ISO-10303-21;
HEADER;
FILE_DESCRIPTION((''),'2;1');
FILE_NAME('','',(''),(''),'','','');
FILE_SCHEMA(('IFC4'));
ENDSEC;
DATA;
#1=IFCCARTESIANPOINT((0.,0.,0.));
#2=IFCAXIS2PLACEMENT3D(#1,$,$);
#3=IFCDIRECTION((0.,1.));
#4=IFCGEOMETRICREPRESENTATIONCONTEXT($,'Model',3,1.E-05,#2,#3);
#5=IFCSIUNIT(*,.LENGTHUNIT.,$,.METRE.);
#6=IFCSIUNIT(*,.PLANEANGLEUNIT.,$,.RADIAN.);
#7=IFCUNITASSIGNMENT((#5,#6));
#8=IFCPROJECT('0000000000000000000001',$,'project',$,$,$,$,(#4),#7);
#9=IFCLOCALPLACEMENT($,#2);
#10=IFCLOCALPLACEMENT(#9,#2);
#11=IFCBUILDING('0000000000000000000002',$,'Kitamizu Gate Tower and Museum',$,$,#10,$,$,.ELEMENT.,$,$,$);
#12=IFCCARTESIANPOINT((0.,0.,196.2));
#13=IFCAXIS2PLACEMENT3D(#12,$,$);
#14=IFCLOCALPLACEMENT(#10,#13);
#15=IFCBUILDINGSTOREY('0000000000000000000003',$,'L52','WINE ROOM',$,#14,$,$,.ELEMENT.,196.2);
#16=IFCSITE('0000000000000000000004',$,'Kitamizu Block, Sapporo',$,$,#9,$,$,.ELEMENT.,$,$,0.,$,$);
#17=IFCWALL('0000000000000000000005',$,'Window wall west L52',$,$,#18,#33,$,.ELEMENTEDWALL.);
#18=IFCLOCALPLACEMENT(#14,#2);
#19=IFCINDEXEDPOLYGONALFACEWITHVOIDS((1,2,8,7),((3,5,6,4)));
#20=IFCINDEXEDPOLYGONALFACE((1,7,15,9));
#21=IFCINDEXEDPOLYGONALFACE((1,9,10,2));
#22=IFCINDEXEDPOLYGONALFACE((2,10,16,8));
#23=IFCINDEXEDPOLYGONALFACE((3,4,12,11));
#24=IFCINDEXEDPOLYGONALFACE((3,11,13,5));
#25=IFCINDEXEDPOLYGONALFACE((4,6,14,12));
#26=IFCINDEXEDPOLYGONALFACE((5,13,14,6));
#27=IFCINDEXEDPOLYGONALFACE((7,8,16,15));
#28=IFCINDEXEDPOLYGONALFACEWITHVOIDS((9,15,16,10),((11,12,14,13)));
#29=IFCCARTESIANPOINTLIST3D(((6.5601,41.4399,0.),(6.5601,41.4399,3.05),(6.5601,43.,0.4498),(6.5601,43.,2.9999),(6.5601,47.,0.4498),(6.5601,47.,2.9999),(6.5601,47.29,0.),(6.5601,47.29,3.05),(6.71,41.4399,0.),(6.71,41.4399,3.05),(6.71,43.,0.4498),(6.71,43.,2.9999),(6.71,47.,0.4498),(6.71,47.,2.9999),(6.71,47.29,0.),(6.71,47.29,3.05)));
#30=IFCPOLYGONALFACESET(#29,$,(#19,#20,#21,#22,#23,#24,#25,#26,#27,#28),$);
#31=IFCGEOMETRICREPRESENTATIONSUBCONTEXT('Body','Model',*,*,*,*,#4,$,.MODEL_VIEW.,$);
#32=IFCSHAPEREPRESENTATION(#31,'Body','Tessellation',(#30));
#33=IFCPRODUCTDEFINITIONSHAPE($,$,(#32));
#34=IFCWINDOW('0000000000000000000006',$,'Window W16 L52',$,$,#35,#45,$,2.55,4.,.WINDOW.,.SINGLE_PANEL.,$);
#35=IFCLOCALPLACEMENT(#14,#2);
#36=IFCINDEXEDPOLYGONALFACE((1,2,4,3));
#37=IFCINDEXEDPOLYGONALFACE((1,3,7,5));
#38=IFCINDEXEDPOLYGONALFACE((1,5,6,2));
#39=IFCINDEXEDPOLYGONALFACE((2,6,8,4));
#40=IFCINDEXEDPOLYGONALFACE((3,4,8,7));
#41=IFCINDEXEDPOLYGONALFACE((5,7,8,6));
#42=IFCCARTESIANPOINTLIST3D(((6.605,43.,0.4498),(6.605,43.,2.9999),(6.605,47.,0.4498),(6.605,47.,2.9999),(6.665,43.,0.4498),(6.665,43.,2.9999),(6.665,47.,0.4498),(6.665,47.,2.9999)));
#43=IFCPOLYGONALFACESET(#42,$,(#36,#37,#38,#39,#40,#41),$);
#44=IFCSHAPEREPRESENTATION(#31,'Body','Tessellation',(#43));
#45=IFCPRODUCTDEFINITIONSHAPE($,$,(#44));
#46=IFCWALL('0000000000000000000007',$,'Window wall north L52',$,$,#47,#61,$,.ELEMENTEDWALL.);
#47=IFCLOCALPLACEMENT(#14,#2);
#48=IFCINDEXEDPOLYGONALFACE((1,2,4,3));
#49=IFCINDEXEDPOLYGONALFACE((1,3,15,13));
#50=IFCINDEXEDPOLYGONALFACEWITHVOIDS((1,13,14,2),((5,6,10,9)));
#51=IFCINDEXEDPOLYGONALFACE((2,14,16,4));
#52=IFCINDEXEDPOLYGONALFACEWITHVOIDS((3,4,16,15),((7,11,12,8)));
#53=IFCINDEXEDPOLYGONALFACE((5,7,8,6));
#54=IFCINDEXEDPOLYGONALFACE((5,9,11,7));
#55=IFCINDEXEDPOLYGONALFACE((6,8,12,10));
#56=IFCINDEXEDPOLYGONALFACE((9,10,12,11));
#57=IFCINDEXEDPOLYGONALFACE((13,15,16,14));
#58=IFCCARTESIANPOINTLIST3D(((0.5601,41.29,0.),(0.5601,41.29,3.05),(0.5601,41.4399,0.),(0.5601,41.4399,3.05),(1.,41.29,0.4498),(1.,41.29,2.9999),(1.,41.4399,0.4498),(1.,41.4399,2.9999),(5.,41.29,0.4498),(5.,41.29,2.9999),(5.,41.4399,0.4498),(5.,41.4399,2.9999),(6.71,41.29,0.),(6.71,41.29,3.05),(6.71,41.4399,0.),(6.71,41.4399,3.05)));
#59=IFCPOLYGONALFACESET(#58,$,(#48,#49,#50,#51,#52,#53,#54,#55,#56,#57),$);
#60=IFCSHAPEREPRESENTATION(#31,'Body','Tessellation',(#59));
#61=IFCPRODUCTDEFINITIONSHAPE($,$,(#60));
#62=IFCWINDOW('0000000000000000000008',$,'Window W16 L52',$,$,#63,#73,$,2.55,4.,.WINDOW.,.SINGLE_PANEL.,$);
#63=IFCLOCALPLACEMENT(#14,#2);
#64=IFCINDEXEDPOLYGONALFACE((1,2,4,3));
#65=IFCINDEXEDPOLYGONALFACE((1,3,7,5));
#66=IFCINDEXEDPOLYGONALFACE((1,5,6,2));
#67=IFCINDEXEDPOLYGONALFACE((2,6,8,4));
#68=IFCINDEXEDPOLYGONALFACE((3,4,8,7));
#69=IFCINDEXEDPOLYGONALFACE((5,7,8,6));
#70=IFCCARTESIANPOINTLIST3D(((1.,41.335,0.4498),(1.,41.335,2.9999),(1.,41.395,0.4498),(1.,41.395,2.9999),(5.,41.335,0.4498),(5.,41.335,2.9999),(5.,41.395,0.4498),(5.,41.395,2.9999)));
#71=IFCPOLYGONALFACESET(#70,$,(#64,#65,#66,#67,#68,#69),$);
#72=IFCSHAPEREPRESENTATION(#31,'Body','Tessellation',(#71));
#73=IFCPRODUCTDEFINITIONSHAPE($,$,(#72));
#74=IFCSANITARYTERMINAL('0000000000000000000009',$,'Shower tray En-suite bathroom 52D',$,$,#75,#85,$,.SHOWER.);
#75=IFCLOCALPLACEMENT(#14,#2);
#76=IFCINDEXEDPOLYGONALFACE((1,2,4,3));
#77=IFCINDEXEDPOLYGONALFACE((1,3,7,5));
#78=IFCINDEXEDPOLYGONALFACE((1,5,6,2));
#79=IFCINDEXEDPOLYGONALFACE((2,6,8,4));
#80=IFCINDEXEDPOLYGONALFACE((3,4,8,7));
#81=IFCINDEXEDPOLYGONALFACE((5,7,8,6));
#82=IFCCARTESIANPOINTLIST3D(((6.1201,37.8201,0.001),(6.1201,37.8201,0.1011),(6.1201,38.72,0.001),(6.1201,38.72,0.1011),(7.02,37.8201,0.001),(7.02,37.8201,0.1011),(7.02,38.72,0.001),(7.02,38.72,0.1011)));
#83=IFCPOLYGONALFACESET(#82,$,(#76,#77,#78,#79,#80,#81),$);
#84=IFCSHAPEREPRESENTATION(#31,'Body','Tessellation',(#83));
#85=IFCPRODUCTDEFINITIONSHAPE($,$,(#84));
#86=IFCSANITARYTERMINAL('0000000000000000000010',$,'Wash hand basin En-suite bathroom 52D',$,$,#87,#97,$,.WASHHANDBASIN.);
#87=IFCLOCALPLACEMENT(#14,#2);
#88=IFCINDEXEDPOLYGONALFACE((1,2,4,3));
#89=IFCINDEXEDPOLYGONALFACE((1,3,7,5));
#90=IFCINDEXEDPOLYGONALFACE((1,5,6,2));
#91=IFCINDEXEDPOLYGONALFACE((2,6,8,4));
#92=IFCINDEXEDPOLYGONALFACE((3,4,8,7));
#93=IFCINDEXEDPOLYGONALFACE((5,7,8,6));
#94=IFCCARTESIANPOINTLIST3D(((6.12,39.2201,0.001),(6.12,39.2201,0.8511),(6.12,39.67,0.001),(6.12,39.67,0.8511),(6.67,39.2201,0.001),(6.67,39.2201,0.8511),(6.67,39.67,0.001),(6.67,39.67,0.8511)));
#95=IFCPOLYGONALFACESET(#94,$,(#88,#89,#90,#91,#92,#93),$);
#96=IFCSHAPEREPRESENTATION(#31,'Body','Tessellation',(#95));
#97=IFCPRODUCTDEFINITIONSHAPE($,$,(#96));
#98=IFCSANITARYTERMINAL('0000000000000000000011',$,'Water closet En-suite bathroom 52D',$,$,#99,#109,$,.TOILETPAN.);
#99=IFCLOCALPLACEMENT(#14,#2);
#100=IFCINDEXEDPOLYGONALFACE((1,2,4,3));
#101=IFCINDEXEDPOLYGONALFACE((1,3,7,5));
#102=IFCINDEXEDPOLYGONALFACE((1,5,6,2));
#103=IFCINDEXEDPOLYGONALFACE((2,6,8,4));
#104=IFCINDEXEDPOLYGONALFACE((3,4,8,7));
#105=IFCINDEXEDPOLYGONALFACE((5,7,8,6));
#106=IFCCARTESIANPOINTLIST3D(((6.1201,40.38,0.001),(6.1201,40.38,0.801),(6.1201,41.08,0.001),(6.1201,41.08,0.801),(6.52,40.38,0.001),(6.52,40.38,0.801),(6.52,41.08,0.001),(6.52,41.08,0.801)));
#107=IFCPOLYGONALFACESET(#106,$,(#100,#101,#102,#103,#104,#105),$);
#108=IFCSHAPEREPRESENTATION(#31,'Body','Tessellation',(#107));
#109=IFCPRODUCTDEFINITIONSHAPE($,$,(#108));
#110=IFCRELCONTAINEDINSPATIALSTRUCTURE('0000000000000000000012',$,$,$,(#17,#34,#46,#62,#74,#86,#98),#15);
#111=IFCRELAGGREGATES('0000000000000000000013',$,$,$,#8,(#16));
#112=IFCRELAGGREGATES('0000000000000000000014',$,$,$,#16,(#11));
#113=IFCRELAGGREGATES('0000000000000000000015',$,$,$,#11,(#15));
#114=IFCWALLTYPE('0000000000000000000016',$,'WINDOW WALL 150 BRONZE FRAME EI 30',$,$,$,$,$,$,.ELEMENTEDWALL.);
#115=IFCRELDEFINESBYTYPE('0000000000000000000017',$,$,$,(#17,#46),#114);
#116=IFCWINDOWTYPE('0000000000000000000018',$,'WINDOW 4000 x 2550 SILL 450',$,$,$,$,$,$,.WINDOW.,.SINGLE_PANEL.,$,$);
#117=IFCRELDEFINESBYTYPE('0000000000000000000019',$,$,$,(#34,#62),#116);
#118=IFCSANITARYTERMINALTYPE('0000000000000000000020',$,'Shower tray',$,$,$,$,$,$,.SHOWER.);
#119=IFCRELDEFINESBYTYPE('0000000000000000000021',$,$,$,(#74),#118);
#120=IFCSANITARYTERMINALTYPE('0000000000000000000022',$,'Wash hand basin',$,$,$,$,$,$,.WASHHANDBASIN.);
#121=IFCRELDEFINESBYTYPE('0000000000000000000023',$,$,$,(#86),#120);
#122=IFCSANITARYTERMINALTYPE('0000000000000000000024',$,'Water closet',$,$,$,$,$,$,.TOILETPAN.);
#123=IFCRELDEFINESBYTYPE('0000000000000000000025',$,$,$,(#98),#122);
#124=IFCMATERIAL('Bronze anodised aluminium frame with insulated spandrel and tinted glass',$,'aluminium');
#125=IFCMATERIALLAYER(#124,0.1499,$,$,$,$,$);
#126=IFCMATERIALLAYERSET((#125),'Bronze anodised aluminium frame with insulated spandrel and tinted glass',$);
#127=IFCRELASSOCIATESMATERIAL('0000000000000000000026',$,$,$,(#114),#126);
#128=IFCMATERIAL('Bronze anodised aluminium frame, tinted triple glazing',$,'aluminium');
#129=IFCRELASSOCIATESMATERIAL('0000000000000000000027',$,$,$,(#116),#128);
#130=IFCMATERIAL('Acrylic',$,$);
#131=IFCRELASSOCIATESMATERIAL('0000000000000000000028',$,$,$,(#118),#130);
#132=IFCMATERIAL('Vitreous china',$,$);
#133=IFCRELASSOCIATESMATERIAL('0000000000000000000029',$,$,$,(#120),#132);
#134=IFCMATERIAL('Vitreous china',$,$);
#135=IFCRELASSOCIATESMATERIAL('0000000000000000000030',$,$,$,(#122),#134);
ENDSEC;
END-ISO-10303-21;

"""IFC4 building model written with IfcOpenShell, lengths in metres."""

from ifc_helpers import new_model, si_unit, direction, frame, frame_2d, origin, origin_2d, place, context, subcontext, project, spatial, rectangle, extrude, material, layer, layer_set, type_object, element, fill, save


model = new_model("IFC4")

# Units and contexts
model_context = context("Model", 3, precision=1e-05, world=origin(), true_north=direction((0.0, 1.0)))
body_context = subcontext(model_context, "Body", "Model", "MODEL_VIEW")
ifc_project = project(units=[si_unit("LENGTHUNIT", "METRE"), si_unit("PLANEANGLEUNIT", "RADIAN")], contexts=[model_context])

# Site, building, storey
site_placement = place(None, origin())
site = spatial("IfcSite", under=ifc_project, at=site_placement, Name="Kitamizu Block, Sapporo", CompositionType="ELEMENT", RefElevation=0.0)
building_placement = place(site_placement, origin())
building = spatial("IfcBuilding", under=site, at=building_placement, Name="Kitamizu Gate Tower and Museum", CompositionType="ELEMENT")
storey_placement = place(building_placement, frame((0.0, 0.0, 196.2)))
storey = spatial("IfcBuildingStorey", under=building, at=storey_placement, Name="L52", Description="WINE ROOM", CompositionType="ELEMENT", Elevation=196.2)

# Shared definitions
ifc_material_1 = material(Name="Bronze anodised aluminium frame with insulated spandrel and tinted glass", Category="aluminium")
ifc_layer = layer(ifc_material_1, 0.1499)
ifc_layer_set = layer_set([ifc_layer], Name="Bronze anodised aluminium frame with insulated spandrel and tinted glass")
wall_type = type_object("IfcWallType", Name="WINDOW WALL 150 BRONZE FRAME EI 30", PredefinedType="ELEMENTEDWALL", material=ifc_layer_set)

# Walls, openings, windows
wall_1_placement = place(storey_placement, frame((6.635, 41.4399, 0.0), z_axis=(0.0, 0.0, 1.0), x_axis=(0.0, 1.0, 0.0)))
wall_1 = element("IfcWall", 1, at=wall_1_placement, inside=storey, type_object=wall_type, Name="Window wall west L52", PredefinedType="ELEMENTEDWALL", context=body_context, shape_type="SweptSolid", body=[
    extrude(rectangle(XDim=5.8501, YDim=0.1499, at=frame_2d((2.925, 0.0))), origin(), (0.0, 0.0, 1.0), 3.05),
])
opening_1_placement = place(wall_1_placement, frame((1.5601, 0.0, 0.45)))
opening_1 = element("IfcOpeningElement", 2, at=opening_1_placement, cuts=wall_1, PredefinedType="OPENING", context=body_context, shape_type="SweptSolid", body=[
    extrude(rectangle(XDim=4.0, YDim=2.55, at=frame_2d((2.0, 1.2749))), frame((0.0, 0.085, 0.0), z_axis=(0.0, -1.0, 0.0), x_axis=(1.0, 0.0, 0.0)), (0.0, 0.0, 1.0), 0.1699),
])
ifc_material_2 = material(Name="Bronze anodised aluminium frame, tinted triple glazing", Category="aluminium")
window_type_1 = type_object("IfcWindowType", Name="WINDOW 4000 x 2550 SILL 450", PartitioningType="SINGLE_PANEL", PredefinedType="WINDOW", material=ifc_material_2)
window_1_placement = place(opening_1_placement, origin())
window_1 = element("IfcWindow", 3, at=window_1_placement, inside=storey, type_object=window_type_1, Name="Window W16 L52", OverallHeight=2.55, OverallWidth=4.0, PartitioningType="SINGLE_PANEL", PredefinedType="WINDOW", context=body_context, shape_type="SweptSolid", body=[
    extrude(rectangle(XDim=4.0, YDim=2.55, at=frame_2d((2.0, 1.2749))), frame((0.0, 0.03, 0.0), z_axis=(0.0, -1.0, 0.0), x_axis=(1.0, 0.0, 0.0)), (0.0, 0.0, 1.0), 0.0601),
])
fill(opening_1, window_1)
wall_2_placement = place(storey_placement, frame((0.5601, 41.365, 0.0), z_axis=(0.0, 0.0, 1.0), x_axis=(1.0, 0.0, 0.0)))
wall_2 = element("IfcWall", 4, at=wall_2_placement, inside=storey, type_object=wall_type, Name="Window wall north L52", PredefinedType="ELEMENTEDWALL", context=body_context, shape_type="SweptSolid", body=[
    extrude(rectangle(XDim=6.1499, YDim=0.1499, at=frame_2d((3.075, 0.0))), origin(), (0.0, 0.0, 1.0), 3.05),
])
opening_2_placement = place(wall_2_placement, frame((0.4399, 0.0, 0.45)))
opening_2 = element("IfcOpeningElement", 5, at=opening_2_placement, cuts=wall_2, PredefinedType="OPENING", context=body_context, shape_type="SweptSolid", body=[
    extrude(rectangle(XDim=4.0, YDim=2.55, at=frame_2d((2.0, 1.2749))), frame((0.0, 0.085, 0.0), z_axis=(0.0, -1.0, 0.0), x_axis=(1.0, 0.0, 0.0)), (0.0, 0.0, 1.0), 0.1699),
])
window_2_placement = place(opening_2_placement, origin())
window_2 = element("IfcWindow", 6, at=window_2_placement, inside=storey, type_object=window_type_1, Name="Window W16 L52", OverallHeight=2.55, OverallWidth=4.0, PartitioningType="SINGLE_PANEL", PredefinedType="WINDOW", context=body_context, shape_type="SweptSolid", body=[
    extrude(rectangle(XDim=4.0, YDim=2.55, at=frame_2d((2.0, 1.2749))), frame((0.0, 0.03, 0.0), z_axis=(0.0, -1.0, 0.0), x_axis=(1.0, 0.0, 0.0)), (0.0, 0.0, 1.0), 0.0601),
])
fill(opening_2, window_2)

# Sanitary terminals
ifc_material_3 = material(Name="Acrylic")
sanitary_terminal_type_1 = type_object("IfcSanitaryTerminalType", Name="Shower tray", PredefinedType="SHOWER", material=ifc_material_3)
sanitary_terminal_1_placement = place(storey_placement, frame((6.5701, 38.27, 0.001), z_axis=(0.0, 0.0, 1.0), x_axis=(1.0, 0.0, 0.0)))
element("IfcSanitaryTerminal", 7, at=sanitary_terminal_1_placement, inside=storey, type_object=sanitary_terminal_type_1, Name="Shower tray En-suite bathroom 52D", PredefinedType="SHOWER", context=body_context, shape_type="SweptSolid", body=[
    extrude(rectangle(XDim=0.8999, YDim=0.8999, at=origin_2d()), origin(), (0.0, 0.0, 1.0), 0.1001),
])
ifc_material_4 = material(Name="Vitreous china")
sanitary_terminal_type_2 = type_object("IfcSanitaryTerminalType", Name="Wash hand basin", PredefinedType="WASHHANDBASIN", material=ifc_material_4)
sanitary_terminal_2_placement = place(storey_placement, frame((6.395, 39.4451, 0.001), z_axis=(0.0, 0.0, 1.0), x_axis=(1.0, 0.0, 0.0)))
element("IfcSanitaryTerminal", 8, at=sanitary_terminal_2_placement, inside=storey, type_object=sanitary_terminal_type_2, Name="Wash hand basin En-suite bathroom 52D", PredefinedType="WASHHANDBASIN", context=body_context, shape_type="SweptSolid", body=[
    extrude(rectangle(XDim=0.55, YDim=0.45, at=origin_2d()), origin(), (0.0, 0.0, 1.0), 0.8501),
])
ifc_material_5 = material(Name="Vitreous china")
sanitary_terminal_type_3 = type_object("IfcSanitaryTerminalType", Name="Water closet", PredefinedType="TOILETPAN", material=ifc_material_5)
sanitary_terminal_3_placement = place(storey_placement, frame((6.3201, 40.73, 0.001), z_axis=(0.0, 0.0, 1.0), x_axis=(1.0, 0.0, 0.0)))
element("IfcSanitaryTerminal", 9, at=sanitary_terminal_3_placement, inside=storey, type_object=sanitary_terminal_type_3, Name="Water closet En-suite bathroom 52D", PredefinedType="TOILETPAN", context=body_context, shape_type="SweptSolid", body=[
    extrude(rectangle(XDim=0.3999, YDim=0.7, at=origin_2d()), origin(), (0.0, 0.0, 1.0), 0.8),
])

save(model, "model.ifc")
